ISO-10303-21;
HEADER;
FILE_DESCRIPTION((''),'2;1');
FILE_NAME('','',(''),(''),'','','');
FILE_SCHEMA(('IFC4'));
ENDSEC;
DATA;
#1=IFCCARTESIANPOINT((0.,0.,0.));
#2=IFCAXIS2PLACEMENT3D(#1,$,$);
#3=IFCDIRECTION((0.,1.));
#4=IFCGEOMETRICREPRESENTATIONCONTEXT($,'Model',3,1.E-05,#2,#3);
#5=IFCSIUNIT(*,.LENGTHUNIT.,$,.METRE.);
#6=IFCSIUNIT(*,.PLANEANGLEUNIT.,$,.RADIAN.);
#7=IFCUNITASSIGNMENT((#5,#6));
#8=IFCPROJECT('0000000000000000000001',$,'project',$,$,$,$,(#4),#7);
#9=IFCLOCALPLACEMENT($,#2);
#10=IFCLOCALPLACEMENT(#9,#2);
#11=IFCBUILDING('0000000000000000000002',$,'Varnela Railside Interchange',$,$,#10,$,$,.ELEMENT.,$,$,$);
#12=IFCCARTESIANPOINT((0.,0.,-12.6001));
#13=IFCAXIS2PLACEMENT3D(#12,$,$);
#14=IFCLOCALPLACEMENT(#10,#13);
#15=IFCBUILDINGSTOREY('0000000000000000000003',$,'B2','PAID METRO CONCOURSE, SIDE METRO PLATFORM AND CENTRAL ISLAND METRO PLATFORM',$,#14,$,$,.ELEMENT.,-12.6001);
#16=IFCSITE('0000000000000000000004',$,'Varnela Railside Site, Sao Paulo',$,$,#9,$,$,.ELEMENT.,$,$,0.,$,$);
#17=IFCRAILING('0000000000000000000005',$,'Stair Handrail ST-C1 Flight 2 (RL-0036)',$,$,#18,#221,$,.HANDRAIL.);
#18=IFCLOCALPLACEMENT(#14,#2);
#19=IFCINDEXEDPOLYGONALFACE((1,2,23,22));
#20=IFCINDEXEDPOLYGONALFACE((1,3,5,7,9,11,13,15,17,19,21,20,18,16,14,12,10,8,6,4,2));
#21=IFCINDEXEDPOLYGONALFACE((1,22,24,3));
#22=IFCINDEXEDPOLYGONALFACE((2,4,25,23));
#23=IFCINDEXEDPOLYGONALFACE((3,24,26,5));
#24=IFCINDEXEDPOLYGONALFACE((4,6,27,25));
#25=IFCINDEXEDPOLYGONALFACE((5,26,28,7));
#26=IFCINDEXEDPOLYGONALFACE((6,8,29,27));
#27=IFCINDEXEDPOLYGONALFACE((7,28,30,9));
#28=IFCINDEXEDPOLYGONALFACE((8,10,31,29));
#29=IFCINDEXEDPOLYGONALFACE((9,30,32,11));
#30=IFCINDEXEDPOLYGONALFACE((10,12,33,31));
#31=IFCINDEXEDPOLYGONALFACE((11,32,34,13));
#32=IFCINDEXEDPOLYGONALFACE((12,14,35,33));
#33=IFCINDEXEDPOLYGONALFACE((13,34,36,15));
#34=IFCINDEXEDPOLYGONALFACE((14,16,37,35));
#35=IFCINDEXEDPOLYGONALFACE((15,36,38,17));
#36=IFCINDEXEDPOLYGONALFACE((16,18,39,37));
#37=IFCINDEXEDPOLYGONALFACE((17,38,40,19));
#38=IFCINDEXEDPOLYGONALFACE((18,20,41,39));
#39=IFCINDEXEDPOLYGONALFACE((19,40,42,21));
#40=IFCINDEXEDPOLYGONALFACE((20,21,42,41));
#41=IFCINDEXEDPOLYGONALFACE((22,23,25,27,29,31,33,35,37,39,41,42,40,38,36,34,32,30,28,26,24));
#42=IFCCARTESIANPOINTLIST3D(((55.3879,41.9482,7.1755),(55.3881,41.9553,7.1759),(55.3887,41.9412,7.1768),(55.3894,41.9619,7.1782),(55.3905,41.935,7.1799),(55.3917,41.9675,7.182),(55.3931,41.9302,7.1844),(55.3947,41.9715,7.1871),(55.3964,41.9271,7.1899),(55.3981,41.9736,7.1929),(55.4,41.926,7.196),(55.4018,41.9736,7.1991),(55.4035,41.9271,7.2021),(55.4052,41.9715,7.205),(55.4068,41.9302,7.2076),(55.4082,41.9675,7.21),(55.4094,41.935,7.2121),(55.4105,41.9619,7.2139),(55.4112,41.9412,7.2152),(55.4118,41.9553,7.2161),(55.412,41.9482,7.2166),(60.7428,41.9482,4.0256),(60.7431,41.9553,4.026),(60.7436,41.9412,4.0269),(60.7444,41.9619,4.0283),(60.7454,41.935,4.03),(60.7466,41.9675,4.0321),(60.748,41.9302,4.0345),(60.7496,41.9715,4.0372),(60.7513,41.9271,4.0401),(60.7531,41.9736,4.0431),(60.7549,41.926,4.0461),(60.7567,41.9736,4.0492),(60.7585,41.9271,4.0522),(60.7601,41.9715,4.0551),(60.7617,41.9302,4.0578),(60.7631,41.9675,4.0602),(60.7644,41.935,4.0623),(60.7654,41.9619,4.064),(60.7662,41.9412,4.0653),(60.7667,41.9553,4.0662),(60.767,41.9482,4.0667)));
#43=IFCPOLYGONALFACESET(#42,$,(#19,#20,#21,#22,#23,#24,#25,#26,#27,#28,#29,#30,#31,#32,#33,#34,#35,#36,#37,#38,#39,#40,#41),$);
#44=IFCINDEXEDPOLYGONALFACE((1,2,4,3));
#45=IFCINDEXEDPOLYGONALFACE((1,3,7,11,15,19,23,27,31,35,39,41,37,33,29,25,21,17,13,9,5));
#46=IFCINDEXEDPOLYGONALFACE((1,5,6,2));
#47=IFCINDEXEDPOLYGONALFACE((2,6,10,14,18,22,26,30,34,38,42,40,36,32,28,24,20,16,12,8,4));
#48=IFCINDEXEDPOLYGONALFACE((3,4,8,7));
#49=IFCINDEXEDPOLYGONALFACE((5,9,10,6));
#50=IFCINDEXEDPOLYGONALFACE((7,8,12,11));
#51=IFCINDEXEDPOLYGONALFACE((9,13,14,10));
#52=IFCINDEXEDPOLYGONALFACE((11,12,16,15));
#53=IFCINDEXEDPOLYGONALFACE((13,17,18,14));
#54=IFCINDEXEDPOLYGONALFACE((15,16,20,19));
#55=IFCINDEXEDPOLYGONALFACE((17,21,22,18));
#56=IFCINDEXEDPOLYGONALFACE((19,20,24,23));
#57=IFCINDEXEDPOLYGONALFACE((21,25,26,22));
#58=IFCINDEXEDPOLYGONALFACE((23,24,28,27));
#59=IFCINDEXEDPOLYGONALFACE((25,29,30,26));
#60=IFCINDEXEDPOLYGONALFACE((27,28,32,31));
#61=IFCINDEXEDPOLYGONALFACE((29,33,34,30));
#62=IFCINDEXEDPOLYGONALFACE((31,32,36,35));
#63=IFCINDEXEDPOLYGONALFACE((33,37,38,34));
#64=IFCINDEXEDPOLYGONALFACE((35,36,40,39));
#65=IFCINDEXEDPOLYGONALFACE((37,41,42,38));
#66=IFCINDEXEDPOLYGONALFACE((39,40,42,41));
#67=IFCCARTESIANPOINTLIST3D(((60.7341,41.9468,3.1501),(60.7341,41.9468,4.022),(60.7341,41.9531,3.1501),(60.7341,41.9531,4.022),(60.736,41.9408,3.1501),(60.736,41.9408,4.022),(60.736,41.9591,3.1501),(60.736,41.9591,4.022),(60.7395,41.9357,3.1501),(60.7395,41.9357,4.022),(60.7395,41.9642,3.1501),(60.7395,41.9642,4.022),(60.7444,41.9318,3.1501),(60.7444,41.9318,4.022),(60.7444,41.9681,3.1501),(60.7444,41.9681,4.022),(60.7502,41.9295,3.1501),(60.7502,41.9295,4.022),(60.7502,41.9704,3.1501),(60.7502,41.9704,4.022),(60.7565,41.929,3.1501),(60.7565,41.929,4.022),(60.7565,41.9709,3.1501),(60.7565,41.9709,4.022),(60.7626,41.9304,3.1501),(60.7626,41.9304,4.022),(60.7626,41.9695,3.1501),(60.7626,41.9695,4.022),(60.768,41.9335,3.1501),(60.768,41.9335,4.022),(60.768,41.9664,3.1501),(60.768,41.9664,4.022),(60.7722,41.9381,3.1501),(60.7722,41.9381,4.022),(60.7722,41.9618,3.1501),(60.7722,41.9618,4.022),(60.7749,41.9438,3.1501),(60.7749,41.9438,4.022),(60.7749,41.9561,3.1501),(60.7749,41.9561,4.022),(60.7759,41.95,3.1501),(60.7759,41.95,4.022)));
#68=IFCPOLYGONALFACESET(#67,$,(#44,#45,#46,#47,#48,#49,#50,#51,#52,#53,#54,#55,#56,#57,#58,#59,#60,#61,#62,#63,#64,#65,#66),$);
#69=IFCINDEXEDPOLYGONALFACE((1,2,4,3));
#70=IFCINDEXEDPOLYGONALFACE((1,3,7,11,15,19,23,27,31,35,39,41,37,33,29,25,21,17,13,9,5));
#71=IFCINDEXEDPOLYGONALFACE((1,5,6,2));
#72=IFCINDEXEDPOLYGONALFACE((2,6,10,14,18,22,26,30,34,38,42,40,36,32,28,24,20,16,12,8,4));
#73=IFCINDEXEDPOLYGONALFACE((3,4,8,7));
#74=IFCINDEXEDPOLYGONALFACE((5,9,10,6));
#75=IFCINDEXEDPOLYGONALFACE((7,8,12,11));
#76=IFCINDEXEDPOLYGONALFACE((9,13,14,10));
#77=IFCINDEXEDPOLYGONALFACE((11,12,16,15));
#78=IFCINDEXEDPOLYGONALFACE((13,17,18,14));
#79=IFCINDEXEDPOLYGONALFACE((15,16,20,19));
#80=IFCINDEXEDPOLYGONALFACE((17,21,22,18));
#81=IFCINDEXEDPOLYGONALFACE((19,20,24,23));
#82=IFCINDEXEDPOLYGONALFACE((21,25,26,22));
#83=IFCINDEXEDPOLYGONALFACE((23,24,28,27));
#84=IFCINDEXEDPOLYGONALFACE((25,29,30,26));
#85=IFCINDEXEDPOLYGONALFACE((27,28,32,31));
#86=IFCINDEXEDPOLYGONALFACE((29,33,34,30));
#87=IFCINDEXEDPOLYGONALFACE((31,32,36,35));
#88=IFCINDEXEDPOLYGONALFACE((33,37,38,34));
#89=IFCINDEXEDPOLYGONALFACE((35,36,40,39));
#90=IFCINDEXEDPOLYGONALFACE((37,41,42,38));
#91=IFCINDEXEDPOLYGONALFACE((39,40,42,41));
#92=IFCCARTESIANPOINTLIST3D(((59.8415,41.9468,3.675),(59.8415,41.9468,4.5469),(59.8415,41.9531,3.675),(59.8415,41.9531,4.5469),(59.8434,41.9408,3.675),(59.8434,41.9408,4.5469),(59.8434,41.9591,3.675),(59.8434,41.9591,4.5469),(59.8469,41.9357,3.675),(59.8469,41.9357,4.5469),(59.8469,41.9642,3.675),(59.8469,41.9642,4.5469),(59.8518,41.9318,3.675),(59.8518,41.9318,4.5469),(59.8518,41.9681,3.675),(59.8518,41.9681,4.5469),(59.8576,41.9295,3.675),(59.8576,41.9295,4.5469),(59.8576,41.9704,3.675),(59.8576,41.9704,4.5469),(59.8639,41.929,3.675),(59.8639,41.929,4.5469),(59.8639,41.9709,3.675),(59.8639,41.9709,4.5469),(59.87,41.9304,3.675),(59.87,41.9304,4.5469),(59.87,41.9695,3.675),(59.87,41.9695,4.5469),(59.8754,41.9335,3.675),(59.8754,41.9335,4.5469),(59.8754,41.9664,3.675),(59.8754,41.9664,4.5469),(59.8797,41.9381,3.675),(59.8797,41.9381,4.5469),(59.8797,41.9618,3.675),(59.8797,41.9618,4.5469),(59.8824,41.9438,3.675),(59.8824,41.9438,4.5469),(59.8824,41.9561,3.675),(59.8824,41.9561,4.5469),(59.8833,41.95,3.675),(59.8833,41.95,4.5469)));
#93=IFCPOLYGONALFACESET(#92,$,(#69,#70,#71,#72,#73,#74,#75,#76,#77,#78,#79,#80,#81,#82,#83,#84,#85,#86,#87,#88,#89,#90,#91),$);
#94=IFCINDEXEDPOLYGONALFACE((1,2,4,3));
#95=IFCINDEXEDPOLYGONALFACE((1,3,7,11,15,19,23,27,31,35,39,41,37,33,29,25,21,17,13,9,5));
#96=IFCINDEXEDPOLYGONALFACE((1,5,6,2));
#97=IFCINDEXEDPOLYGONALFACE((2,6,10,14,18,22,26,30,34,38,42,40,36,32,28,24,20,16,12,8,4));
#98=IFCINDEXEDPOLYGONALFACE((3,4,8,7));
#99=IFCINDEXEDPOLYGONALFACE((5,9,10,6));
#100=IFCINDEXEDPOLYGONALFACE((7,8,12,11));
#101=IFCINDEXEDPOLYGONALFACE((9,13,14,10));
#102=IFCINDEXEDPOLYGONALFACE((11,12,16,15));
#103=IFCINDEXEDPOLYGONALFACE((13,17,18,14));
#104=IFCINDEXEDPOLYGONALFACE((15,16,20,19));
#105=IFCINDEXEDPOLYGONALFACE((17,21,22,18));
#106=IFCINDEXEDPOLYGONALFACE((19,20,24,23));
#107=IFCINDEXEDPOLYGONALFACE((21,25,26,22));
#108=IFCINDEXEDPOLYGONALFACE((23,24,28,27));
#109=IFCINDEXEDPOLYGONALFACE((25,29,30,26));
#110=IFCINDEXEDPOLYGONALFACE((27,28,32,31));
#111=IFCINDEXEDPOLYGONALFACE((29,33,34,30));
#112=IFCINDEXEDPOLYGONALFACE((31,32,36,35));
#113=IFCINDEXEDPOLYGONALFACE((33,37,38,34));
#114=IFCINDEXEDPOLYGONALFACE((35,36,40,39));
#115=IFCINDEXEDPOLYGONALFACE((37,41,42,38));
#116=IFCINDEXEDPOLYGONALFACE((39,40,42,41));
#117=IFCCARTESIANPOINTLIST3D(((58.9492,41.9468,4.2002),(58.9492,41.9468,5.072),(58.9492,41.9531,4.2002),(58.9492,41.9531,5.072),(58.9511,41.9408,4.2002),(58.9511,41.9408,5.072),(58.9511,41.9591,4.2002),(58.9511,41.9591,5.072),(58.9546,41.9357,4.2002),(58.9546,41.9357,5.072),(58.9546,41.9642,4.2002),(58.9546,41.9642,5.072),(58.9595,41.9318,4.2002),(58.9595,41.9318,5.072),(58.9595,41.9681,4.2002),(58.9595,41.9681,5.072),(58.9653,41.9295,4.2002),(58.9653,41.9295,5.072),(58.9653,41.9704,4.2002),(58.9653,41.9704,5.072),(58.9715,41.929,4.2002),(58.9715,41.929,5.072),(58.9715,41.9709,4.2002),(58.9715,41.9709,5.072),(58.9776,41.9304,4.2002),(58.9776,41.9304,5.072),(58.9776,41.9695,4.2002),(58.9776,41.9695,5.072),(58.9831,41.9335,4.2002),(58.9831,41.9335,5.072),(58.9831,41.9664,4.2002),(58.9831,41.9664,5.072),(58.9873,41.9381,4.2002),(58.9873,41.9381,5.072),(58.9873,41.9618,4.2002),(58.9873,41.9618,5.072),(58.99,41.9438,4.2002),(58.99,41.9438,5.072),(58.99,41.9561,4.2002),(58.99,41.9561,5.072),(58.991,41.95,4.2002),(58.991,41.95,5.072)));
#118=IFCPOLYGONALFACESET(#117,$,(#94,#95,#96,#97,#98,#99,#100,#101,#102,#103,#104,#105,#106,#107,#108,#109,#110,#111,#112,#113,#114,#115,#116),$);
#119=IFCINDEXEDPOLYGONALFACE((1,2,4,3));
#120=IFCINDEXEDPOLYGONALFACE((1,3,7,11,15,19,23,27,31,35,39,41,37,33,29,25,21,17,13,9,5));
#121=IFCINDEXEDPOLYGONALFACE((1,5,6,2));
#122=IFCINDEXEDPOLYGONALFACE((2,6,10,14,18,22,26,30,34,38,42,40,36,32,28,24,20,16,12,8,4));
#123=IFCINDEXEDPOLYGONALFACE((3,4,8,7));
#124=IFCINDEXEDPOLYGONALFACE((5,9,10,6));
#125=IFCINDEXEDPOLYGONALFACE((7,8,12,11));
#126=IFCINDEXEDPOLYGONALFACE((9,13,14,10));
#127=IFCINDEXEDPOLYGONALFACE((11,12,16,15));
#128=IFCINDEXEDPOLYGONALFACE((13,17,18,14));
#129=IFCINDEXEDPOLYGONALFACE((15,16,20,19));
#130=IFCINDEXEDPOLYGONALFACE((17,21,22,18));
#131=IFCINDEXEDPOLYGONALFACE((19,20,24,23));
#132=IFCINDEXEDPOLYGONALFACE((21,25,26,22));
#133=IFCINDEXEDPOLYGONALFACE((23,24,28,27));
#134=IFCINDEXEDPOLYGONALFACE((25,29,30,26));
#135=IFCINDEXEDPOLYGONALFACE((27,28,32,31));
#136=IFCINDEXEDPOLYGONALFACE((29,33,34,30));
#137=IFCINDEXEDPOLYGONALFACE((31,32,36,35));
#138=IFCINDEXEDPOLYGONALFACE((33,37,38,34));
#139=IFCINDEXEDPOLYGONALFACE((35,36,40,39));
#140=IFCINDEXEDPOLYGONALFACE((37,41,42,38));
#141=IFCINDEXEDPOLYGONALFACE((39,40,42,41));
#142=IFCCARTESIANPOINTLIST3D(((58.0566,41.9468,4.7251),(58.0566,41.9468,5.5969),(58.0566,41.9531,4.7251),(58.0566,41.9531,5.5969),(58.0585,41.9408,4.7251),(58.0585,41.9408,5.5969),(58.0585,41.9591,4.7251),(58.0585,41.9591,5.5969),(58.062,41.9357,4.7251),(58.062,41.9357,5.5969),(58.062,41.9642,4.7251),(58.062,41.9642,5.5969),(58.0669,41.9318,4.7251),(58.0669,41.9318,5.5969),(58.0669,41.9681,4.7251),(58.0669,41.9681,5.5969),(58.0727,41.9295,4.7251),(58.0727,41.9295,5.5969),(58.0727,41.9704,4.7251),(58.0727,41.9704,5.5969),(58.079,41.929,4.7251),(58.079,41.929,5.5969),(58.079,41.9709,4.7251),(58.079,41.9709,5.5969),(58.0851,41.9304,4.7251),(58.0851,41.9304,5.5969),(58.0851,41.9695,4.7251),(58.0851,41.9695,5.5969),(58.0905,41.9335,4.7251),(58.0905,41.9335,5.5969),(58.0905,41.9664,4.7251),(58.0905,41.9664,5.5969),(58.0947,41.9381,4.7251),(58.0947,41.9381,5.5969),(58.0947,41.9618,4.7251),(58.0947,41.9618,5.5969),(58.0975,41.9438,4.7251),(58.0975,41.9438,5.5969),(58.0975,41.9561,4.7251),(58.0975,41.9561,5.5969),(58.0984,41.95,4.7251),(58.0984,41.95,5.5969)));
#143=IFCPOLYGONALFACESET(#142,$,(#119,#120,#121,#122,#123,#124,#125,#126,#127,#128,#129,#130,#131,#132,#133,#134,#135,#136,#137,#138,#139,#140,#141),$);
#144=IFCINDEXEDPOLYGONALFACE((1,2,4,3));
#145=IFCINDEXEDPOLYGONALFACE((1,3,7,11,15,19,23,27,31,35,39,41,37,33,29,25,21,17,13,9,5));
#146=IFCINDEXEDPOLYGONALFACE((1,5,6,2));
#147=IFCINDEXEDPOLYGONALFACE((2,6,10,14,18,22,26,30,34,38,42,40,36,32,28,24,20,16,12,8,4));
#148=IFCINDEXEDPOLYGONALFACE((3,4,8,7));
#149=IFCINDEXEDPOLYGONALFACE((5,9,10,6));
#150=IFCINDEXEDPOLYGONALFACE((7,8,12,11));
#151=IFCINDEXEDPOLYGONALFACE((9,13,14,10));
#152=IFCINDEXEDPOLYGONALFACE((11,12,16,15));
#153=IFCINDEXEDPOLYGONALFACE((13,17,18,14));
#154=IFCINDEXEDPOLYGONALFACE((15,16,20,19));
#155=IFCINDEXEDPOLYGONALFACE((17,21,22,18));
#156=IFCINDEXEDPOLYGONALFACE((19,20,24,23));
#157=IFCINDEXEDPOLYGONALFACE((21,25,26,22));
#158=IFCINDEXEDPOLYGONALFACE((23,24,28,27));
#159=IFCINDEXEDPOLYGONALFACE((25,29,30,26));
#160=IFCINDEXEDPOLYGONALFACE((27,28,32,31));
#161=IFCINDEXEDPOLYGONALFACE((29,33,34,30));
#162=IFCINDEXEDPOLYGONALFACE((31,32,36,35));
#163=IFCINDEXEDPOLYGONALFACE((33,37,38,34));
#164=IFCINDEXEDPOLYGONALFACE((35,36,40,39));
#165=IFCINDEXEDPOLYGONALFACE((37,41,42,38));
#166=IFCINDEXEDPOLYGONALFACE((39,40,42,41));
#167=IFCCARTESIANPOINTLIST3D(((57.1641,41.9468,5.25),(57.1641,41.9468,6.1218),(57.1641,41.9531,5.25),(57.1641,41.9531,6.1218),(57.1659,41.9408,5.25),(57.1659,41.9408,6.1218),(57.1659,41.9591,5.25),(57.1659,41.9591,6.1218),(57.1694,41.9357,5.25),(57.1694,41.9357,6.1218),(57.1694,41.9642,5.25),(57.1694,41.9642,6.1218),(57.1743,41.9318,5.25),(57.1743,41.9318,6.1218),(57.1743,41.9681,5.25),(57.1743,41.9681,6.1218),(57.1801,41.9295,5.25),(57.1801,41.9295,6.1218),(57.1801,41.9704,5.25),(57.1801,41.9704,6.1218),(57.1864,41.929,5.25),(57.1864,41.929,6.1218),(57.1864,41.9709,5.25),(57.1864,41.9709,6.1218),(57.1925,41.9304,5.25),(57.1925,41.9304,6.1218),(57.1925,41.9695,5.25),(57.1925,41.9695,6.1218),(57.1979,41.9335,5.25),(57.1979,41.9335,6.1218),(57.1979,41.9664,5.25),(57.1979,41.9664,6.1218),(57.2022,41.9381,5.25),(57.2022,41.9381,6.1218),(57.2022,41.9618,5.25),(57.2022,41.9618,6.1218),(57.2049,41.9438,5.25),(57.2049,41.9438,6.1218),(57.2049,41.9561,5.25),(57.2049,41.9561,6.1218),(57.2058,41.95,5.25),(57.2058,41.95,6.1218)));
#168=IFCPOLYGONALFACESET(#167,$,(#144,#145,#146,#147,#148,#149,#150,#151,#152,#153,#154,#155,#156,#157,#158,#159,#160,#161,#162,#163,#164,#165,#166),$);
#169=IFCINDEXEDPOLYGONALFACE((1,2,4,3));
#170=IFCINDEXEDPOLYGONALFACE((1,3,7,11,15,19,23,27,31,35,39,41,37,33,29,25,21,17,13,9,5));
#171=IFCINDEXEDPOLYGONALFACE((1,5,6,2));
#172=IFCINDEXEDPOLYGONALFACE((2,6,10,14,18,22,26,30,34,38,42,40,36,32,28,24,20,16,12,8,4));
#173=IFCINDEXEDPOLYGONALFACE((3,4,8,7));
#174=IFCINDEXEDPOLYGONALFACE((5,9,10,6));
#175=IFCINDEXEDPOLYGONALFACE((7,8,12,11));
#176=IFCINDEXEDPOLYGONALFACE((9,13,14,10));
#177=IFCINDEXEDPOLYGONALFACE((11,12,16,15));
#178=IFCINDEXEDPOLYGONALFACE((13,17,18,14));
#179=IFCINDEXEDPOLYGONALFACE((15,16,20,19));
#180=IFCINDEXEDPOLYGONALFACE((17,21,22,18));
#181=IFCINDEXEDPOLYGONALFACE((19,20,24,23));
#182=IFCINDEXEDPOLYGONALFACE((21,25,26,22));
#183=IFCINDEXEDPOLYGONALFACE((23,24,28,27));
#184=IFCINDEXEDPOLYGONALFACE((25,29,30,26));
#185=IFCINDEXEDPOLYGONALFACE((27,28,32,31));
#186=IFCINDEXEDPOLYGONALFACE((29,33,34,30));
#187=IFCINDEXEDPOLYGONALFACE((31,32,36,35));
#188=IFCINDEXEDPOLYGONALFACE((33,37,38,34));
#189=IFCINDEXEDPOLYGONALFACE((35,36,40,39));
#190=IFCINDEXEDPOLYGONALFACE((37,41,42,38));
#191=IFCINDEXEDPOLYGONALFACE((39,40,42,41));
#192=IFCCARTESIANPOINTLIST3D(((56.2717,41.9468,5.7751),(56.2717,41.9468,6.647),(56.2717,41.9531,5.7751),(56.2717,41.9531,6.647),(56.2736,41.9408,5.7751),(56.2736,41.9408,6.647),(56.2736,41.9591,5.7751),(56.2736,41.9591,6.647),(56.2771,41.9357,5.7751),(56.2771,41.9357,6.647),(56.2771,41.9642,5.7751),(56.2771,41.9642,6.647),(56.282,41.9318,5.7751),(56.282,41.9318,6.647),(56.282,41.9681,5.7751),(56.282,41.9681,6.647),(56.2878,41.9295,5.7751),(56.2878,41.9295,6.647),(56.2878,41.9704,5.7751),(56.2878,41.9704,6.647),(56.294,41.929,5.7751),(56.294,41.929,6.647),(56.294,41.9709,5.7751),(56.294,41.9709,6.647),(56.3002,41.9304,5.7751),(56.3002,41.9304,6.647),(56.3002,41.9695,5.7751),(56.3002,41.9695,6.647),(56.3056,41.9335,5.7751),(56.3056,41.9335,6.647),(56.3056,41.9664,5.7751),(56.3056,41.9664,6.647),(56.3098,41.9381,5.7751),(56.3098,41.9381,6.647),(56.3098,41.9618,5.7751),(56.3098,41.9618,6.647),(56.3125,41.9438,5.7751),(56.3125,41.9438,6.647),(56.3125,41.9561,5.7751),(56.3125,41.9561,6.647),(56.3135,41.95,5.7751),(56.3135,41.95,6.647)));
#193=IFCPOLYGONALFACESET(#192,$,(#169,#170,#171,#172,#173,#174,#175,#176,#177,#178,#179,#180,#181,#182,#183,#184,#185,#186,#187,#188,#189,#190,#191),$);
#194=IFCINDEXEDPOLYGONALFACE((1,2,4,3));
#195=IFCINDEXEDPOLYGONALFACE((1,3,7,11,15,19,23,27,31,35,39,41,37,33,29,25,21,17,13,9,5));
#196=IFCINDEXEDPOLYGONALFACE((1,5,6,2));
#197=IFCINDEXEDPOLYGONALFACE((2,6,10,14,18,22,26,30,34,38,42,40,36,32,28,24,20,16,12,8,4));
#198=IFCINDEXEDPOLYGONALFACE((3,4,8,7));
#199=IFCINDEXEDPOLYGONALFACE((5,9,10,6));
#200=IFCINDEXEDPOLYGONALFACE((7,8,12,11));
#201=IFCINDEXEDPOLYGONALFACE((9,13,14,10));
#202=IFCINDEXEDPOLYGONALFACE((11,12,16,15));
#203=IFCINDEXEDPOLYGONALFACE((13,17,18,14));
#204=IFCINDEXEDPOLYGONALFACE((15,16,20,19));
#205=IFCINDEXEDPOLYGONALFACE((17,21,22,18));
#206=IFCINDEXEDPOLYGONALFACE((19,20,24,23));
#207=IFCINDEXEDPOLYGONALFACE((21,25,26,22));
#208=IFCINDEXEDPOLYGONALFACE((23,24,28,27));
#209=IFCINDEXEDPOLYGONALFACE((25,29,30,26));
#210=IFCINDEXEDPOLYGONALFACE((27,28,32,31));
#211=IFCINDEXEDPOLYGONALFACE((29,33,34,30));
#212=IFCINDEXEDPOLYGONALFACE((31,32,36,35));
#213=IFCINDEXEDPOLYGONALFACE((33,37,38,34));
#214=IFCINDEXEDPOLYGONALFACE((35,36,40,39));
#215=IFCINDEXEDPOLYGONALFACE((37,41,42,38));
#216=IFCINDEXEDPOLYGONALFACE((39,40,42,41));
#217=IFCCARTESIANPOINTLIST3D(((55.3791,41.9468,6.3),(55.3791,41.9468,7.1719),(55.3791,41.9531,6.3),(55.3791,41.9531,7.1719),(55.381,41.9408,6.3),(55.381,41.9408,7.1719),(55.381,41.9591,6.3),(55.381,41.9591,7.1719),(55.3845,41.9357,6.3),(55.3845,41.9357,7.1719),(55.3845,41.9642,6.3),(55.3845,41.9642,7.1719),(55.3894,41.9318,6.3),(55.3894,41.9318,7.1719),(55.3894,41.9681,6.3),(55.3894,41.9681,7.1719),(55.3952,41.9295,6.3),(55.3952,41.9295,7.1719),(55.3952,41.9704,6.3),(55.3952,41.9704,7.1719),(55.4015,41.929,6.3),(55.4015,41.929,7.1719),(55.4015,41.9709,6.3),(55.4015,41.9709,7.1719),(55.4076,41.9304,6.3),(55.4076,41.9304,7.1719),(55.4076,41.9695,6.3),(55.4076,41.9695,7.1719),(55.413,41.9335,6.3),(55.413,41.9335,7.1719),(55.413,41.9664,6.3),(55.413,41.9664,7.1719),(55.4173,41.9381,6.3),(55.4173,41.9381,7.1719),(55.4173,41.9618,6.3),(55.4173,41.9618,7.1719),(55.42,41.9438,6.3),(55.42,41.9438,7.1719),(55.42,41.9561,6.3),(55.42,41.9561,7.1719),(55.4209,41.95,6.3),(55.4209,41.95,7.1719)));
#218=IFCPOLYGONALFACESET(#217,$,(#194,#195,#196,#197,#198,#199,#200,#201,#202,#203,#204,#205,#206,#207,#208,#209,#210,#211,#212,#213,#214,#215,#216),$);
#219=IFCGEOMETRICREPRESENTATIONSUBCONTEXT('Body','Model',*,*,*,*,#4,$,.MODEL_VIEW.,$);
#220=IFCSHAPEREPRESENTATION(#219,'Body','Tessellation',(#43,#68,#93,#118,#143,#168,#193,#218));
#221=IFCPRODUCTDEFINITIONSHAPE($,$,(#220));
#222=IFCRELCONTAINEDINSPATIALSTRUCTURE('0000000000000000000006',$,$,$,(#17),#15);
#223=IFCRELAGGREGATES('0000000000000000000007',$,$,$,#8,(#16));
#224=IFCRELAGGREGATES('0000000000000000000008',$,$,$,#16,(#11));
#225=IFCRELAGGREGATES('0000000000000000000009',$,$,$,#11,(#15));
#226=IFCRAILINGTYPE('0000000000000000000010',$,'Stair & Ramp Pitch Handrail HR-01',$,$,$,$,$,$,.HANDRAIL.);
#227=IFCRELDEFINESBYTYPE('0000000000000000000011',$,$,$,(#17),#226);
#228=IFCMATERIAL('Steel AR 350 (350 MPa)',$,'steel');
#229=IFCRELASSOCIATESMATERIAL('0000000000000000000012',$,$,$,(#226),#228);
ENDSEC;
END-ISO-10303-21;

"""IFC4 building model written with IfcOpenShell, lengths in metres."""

from ifc_helpers import new_model, si_unit, direction, frame, origin, origin_2d, place, context, subcontext, project, spatial, circle, extrude, material, type_object, element, save


model = new_model("IFC4")

# Units and contexts
model_context = context("Model", 3, precision=1e-05, world=origin(), true_north=direction((0.0, 1.0)))
body_context = subcontext(model_context, "Body", "Model", "MODEL_VIEW")
ifc_project = project(units=[si_unit("LENGTHUNIT", "METRE"), si_unit("PLANEANGLEUNIT", "RADIAN")], contexts=[model_context])

# Site, building, storey
site_placement = place(None, origin())
site = spatial("IfcSite", under=ifc_project, at=site_placement, Name="Varnela Railside Site, Sao Paulo", CompositionType="ELEMENT", RefElevation=0.0)
building_placement = place(site_placement, origin())
building = spatial("IfcBuilding", under=site, at=building_placement, Name="Varnela Railside Interchange", CompositionType="ELEMENT")
storey_placement = place(building_placement, frame((0.0, 0.0, -12.6001)))
storey = spatial("IfcBuildingStorey", under=building, at=storey_placement, Name="B2", Description="PAID METRO CONCOURSE, SIDE METRO PLATFORM AND CENTRAL ISLAND METRO PLATFORM", CompositionType="ELEMENT", Elevation=-12.6001)

# Shared definitions
ifc_material_1 = material(Name="Steel AR 350 (350 MPa)", Category="steel")

# Railing
railing_type_1 = type_object("IfcRailingType", Name="Stair & Ramp Pitch Handrail HR-01", PredefinedType="HANDRAIL", material=ifc_material_1)
railing_1_placement = place(storey_placement, frame((60.7549, 41.95, 3.1501)))
element("IfcRailing", 1, at=railing_1_placement, inside=storey, type_object=railing_type_1, Name="Stair Handrail ST-C1 Flight 2 (RL-0036)", PredefinedType="HANDRAIL", context=body_context, shape_type="SweptSolid", body=[
    extrude(circle(Radius=0.0239, at=origin_2d()), frame((0.0, 0.0, 0.896), z_axis=(-0.86194, 0.0, 0.50701), x_axis=(0.0, -1.0, 0.0)), (0.0, 0.0, 1.0), 6.2126),
    extrude(circle(Radius=0.021, at=origin_2d()), origin(), (0.0, 0.0, 1.0), 0.8718),
    extrude(circle(Radius=0.021, at=origin_2d()), frame((-0.8926, 0.0, 0.5249)), (0.0, 0.0, 1.0), 0.8718),
    extrude(circle(Radius=0.021, at=origin_2d()), frame((-1.7849, 0.0, 1.05)), (0.0, 0.0, 1.0), 0.8718),
    extrude(circle(Radius=0.021, at=origin_2d()), frame((-2.6775, 0.0, 1.575)), (0.0, 0.0, 1.0), 0.8718),
    extrude(circle(Radius=0.021, at=origin_2d()), frame((-3.5701, 0.0, 2.0999)), (0.0, 0.0, 1.0), 0.8718),
    extrude(circle(Radius=0.021, at=origin_2d()), frame((-4.4624, 0.0, 2.625)), (0.0, 0.0, 1.0), 0.8718),
    extrude(circle(Radius=0.021, at=origin_2d()), frame((-5.355, 0.0, 3.1499)), (0.0, 0.0, 1.0), 0.8718),
])

save(model, "model.ifc")
